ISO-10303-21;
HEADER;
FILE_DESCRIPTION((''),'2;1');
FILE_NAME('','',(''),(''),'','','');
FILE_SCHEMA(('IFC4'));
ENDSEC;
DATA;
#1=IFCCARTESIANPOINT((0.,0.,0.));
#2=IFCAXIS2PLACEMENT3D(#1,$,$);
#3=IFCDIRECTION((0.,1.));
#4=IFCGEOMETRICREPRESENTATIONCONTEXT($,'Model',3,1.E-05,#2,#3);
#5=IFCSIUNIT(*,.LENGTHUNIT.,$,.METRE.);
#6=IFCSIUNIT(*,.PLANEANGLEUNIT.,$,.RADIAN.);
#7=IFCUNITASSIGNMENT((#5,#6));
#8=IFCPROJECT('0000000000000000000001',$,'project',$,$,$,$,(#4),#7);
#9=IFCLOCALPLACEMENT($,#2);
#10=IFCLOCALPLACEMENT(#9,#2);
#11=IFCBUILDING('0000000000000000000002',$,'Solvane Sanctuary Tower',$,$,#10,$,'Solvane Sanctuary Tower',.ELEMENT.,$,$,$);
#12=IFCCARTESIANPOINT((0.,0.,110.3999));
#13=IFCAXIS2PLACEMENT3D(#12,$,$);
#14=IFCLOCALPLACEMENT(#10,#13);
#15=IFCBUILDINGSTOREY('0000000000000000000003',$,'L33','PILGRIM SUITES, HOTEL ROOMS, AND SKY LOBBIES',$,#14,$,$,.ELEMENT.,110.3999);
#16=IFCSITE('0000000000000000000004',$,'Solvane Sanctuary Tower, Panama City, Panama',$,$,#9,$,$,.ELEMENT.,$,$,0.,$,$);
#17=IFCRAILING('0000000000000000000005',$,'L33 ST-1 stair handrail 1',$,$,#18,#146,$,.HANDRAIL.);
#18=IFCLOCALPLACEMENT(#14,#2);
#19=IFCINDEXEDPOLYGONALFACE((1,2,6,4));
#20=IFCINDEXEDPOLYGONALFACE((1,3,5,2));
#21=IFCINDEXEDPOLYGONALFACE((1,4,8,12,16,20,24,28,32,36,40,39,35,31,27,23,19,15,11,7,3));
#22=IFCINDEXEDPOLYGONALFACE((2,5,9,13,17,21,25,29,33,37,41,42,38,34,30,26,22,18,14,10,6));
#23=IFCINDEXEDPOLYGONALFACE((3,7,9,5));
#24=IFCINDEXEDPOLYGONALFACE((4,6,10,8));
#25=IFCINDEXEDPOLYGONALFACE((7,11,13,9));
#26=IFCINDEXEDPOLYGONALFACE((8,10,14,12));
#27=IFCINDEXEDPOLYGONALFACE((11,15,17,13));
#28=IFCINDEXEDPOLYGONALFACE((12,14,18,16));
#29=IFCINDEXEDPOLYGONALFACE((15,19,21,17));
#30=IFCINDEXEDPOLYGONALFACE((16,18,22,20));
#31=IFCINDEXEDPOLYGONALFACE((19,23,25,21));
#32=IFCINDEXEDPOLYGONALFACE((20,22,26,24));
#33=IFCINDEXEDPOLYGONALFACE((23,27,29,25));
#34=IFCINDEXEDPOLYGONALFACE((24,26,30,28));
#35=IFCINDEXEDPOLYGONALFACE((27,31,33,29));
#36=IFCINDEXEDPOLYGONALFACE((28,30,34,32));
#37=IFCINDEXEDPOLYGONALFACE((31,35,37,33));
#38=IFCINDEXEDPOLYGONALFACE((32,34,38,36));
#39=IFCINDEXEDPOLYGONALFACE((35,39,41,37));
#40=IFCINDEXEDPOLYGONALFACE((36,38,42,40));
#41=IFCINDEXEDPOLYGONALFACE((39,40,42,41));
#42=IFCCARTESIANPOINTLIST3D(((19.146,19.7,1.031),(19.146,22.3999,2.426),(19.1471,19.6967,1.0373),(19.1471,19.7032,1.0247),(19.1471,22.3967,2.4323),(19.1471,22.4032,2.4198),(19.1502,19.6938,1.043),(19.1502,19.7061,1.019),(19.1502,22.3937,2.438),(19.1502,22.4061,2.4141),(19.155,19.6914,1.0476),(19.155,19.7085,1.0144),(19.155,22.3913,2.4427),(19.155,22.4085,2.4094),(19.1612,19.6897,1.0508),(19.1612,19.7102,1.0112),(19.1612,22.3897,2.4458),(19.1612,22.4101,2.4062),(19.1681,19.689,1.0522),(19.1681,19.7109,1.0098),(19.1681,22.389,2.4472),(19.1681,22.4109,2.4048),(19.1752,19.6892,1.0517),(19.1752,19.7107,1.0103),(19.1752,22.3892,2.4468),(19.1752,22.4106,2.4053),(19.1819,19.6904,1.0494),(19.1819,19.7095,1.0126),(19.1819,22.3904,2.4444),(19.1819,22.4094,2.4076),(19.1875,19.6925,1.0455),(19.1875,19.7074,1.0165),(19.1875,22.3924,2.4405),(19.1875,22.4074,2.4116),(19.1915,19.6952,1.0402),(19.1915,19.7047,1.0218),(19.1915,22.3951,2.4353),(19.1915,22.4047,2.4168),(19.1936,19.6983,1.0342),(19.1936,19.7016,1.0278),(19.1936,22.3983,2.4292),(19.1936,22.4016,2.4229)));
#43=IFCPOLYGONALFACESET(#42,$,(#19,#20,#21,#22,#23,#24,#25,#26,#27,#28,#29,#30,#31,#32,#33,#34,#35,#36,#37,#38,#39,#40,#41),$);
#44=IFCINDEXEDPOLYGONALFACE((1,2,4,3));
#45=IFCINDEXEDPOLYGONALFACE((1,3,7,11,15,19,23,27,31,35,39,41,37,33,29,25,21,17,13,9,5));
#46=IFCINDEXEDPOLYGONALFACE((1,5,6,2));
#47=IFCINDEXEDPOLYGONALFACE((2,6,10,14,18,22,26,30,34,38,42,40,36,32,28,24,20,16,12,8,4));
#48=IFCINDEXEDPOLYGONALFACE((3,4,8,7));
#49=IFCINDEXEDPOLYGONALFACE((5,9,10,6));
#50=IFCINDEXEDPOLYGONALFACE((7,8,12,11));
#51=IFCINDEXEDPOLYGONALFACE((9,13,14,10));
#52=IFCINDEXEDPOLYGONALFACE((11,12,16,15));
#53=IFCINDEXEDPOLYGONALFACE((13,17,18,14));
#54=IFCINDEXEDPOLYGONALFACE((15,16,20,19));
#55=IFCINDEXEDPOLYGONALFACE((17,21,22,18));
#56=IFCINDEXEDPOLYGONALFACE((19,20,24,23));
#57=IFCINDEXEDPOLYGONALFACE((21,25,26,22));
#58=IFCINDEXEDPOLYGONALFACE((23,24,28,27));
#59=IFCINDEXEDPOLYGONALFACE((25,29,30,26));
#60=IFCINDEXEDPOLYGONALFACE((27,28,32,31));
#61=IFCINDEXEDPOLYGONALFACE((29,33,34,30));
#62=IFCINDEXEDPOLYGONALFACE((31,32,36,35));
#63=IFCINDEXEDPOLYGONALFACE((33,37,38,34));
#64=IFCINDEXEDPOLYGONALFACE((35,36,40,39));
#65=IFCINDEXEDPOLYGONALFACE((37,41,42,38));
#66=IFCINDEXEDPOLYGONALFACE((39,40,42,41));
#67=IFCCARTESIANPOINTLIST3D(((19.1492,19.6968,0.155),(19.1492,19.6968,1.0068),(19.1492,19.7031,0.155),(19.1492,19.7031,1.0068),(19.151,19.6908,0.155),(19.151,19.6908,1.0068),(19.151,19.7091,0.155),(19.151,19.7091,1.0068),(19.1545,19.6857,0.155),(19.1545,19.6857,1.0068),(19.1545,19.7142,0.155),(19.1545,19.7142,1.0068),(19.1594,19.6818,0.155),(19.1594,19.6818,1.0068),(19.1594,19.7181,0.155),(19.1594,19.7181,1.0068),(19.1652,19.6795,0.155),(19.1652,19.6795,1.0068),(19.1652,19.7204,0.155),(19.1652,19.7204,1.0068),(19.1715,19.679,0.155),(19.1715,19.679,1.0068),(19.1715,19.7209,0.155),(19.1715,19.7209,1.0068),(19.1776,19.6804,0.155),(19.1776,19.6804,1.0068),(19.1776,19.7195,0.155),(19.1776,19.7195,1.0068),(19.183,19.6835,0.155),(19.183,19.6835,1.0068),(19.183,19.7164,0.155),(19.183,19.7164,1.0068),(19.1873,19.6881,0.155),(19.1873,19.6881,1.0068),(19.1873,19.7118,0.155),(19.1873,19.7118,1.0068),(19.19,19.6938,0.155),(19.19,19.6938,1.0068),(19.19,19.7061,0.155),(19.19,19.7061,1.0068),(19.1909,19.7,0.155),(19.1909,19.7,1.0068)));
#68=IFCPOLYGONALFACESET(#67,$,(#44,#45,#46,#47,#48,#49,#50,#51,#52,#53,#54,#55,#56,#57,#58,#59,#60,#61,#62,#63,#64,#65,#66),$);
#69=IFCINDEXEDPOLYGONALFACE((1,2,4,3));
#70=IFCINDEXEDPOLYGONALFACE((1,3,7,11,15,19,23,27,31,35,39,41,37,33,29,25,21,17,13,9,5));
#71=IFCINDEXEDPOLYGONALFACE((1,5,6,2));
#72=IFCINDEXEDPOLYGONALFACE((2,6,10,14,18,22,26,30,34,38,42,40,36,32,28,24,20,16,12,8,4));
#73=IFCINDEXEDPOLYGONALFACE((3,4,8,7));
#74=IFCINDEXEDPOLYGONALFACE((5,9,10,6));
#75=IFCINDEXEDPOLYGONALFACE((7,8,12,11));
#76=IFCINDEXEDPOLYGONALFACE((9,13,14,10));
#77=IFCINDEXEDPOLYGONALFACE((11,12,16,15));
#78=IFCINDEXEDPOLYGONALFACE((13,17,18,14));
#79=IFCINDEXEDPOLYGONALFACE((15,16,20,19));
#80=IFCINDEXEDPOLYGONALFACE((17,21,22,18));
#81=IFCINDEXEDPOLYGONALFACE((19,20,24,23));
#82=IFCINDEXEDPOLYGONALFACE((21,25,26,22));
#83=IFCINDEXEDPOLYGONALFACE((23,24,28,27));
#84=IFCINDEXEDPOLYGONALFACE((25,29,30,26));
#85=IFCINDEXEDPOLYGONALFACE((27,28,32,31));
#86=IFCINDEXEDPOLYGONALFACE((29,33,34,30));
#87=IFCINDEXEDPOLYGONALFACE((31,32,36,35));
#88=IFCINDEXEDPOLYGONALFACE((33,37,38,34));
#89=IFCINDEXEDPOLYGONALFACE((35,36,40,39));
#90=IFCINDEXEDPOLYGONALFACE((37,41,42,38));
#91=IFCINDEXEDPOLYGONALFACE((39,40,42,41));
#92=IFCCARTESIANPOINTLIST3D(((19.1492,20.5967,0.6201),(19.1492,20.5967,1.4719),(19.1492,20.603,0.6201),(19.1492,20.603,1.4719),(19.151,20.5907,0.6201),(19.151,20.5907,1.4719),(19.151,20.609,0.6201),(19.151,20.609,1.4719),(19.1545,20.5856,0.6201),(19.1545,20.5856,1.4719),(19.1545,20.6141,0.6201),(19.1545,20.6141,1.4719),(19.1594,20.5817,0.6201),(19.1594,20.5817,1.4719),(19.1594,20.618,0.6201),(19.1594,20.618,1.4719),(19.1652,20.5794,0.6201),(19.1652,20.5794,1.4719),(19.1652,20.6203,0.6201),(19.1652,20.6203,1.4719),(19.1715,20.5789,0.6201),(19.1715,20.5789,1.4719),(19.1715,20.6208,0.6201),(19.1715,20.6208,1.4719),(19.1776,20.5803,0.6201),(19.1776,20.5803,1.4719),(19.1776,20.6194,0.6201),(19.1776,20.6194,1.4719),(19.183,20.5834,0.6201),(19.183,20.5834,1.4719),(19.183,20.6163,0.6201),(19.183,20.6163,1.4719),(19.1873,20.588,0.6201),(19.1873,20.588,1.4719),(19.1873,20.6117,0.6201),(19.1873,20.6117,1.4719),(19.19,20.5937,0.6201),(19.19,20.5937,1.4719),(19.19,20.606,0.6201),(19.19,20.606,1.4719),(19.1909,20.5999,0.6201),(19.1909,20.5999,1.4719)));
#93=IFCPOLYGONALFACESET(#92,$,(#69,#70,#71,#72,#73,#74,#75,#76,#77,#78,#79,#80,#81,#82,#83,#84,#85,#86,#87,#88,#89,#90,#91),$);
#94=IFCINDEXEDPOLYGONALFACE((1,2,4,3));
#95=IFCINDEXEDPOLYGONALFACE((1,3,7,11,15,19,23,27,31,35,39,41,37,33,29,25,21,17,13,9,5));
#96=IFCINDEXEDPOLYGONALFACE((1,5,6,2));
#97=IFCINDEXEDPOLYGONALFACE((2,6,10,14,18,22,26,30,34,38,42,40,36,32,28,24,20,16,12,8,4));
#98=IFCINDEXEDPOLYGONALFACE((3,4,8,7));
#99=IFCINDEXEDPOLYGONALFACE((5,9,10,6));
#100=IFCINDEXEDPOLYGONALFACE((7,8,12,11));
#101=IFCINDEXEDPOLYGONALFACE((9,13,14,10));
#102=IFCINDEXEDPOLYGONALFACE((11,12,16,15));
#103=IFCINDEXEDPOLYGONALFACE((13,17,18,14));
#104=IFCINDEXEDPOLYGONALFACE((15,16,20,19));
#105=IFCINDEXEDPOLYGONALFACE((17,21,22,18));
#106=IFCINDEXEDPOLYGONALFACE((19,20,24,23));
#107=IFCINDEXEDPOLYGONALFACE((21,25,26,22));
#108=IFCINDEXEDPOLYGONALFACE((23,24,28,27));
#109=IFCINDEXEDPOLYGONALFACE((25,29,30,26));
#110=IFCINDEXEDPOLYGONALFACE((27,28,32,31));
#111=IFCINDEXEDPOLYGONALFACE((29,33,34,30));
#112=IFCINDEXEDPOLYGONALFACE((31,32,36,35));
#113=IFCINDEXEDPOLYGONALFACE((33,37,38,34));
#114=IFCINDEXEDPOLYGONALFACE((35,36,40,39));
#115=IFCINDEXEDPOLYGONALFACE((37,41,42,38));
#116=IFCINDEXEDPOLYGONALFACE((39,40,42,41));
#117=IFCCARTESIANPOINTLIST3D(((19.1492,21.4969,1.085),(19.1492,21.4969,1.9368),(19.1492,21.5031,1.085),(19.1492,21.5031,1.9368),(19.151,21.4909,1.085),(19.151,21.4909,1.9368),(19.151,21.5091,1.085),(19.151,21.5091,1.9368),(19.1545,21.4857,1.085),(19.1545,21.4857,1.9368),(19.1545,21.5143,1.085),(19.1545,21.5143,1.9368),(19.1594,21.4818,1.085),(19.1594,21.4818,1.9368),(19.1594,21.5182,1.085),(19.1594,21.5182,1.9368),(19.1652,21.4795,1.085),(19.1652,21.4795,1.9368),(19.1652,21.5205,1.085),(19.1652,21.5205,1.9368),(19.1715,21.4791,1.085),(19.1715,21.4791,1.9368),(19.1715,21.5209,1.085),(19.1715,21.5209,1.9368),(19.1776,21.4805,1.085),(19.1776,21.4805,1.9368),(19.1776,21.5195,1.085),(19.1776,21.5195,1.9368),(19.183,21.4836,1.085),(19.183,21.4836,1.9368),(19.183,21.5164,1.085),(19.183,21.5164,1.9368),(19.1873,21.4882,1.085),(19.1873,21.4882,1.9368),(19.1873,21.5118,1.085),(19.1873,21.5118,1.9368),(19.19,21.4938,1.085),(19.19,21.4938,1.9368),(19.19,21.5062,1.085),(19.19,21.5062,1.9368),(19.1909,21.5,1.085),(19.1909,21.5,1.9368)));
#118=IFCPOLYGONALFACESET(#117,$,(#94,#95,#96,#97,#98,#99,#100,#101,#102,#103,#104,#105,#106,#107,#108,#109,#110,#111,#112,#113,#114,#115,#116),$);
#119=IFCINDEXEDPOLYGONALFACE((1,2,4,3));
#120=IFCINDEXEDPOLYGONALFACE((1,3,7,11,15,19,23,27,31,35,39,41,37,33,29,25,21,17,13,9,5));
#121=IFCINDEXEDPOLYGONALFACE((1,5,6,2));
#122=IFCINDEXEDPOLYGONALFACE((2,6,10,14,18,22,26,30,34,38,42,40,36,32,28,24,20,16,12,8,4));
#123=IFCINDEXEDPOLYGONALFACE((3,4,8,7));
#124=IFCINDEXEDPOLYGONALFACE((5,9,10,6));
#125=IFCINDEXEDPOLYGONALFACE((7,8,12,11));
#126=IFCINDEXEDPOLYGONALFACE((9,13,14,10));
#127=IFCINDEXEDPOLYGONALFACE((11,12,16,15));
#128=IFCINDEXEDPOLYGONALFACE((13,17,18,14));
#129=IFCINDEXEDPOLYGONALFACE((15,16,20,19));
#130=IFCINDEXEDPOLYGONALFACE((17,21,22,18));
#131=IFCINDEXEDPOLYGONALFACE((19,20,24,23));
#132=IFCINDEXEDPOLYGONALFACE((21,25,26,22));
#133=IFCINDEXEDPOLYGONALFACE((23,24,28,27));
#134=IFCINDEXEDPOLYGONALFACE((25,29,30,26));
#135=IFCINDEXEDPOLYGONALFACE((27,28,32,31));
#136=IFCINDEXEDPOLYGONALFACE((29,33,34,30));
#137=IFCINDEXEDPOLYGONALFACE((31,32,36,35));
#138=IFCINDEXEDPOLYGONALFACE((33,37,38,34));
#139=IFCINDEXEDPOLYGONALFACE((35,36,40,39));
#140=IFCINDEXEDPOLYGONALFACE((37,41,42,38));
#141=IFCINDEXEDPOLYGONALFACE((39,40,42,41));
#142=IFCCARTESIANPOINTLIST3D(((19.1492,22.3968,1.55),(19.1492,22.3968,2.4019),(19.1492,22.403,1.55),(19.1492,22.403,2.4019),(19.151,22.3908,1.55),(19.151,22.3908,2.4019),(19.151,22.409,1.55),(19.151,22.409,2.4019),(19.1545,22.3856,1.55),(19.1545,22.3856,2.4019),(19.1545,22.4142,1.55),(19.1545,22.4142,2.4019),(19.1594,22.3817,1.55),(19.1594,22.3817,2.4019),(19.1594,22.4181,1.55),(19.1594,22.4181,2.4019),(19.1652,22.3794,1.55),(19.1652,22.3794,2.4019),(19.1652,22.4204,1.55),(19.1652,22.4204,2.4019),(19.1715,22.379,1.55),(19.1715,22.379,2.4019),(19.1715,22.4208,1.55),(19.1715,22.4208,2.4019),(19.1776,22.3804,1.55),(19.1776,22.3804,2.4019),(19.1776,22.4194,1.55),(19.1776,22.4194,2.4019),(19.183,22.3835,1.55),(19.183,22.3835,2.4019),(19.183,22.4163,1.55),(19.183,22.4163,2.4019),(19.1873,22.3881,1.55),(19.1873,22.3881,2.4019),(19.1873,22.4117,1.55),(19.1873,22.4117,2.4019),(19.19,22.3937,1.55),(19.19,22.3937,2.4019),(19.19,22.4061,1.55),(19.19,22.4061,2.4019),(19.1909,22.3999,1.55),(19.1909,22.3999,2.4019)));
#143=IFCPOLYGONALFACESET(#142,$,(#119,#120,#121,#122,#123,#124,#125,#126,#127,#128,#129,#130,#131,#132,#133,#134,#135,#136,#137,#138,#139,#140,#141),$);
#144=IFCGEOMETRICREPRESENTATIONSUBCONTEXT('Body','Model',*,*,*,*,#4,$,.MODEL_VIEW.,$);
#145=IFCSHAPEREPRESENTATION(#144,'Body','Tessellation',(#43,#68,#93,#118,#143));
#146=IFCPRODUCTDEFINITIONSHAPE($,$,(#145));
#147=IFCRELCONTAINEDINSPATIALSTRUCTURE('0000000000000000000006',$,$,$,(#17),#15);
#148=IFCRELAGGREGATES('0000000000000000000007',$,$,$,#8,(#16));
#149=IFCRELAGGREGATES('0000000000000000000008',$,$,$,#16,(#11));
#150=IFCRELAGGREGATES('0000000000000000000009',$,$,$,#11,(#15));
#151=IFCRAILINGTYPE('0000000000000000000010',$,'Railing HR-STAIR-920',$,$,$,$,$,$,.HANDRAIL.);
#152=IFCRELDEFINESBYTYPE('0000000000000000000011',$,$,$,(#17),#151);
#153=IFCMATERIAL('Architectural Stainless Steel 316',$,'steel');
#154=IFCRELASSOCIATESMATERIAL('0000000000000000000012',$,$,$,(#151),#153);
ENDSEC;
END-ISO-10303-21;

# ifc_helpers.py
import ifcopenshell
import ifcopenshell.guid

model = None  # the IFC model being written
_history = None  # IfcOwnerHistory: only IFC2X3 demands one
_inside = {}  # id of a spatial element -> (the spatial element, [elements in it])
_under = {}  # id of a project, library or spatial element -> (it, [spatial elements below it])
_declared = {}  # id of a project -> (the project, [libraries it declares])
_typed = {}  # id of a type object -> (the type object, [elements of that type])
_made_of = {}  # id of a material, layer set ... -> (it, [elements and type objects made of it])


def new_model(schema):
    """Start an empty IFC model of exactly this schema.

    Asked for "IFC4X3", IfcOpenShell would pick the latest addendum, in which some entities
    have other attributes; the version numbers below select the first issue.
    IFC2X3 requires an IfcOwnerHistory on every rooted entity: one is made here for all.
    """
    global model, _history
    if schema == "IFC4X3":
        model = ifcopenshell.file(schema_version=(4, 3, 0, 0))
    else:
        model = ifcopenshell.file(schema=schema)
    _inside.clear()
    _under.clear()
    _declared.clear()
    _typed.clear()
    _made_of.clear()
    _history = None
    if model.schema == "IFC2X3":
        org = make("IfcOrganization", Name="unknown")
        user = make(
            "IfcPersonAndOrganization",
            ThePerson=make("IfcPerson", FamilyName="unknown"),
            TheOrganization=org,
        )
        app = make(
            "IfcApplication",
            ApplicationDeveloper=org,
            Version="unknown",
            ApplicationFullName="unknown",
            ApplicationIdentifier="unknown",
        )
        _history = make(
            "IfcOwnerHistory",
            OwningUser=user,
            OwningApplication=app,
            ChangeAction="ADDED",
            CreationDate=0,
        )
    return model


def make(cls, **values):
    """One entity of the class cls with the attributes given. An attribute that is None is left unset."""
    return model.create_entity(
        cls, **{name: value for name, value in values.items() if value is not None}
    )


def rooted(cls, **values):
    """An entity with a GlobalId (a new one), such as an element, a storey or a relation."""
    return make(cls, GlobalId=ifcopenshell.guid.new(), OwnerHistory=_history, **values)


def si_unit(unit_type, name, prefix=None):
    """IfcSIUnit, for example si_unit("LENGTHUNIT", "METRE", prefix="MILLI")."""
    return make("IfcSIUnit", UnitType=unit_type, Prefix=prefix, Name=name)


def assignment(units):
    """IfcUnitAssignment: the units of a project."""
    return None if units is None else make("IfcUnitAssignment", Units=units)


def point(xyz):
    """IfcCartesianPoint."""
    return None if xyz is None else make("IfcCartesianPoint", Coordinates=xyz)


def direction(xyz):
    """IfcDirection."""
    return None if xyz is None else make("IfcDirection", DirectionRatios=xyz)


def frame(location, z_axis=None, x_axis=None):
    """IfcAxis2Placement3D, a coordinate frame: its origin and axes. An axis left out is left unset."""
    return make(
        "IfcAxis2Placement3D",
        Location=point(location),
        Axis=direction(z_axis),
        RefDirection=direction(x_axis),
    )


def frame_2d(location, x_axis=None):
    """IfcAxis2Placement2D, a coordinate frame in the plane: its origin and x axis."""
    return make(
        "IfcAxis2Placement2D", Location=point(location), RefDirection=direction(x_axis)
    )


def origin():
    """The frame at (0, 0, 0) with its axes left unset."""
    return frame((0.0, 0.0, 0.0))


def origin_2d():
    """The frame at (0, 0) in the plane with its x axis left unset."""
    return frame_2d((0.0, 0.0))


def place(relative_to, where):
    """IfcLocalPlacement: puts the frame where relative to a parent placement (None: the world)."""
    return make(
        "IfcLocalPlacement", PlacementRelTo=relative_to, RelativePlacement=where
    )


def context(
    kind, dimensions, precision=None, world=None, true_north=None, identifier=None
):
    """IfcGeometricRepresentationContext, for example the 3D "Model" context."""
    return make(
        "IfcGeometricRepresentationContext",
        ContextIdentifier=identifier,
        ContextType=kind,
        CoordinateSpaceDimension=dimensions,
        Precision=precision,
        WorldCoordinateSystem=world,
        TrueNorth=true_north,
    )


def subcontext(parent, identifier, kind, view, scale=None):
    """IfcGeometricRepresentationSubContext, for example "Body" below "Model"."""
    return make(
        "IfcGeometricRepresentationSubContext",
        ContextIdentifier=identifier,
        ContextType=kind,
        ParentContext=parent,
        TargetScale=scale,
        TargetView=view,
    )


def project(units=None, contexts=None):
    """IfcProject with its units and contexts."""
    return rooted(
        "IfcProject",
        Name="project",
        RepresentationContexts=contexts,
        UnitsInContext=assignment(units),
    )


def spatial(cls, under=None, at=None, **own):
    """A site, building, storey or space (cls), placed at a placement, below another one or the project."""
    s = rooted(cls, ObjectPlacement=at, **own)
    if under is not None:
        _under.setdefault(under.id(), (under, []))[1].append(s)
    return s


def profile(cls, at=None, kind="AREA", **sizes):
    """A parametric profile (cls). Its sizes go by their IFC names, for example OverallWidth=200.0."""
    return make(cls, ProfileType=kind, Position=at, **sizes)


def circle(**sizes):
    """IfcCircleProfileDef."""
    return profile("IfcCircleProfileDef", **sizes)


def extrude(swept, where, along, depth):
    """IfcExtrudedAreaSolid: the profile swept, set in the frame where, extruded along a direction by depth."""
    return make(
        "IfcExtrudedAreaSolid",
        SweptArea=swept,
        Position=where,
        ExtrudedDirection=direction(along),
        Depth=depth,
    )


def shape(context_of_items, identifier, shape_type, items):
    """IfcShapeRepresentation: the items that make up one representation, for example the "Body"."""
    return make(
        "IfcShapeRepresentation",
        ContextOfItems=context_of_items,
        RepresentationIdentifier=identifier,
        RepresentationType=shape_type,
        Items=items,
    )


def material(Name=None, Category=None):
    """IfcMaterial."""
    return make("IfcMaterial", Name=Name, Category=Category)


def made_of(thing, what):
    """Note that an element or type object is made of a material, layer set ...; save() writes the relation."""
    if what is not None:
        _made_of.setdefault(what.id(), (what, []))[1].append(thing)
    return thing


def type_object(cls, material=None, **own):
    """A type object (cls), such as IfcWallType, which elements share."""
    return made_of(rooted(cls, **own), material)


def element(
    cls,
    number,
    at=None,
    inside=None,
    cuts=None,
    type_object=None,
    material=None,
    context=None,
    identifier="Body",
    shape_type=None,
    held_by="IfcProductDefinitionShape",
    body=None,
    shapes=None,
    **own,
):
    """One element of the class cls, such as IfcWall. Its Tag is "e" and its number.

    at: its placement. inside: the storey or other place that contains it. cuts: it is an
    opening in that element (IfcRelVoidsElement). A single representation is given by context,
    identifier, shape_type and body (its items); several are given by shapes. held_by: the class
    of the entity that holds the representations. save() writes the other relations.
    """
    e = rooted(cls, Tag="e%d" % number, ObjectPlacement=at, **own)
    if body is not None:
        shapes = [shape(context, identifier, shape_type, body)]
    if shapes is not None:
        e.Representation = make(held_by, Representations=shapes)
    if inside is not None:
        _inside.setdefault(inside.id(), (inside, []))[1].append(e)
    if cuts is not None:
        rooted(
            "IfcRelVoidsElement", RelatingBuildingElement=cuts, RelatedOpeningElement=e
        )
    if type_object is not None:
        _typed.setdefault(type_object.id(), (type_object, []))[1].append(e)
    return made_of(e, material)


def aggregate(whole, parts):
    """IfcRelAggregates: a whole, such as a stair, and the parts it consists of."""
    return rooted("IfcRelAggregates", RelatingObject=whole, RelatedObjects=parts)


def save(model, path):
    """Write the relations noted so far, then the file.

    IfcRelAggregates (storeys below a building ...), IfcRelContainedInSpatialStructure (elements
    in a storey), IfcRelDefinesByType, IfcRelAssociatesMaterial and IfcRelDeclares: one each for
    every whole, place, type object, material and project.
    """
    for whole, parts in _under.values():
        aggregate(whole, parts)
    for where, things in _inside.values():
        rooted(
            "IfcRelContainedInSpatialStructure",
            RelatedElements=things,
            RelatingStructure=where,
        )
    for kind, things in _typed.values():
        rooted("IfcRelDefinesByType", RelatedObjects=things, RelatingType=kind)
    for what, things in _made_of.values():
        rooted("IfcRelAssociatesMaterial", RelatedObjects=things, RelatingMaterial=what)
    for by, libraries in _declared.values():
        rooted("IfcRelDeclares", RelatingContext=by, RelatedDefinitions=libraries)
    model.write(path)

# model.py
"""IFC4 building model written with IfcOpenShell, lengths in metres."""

from ifc_helpers import new_model, si_unit, direction, frame, origin, origin_2d, place, context, subcontext, project, spatial, circle, extrude, material, type_object, element, save


model = new_model("IFC4")

# Units and contexts
model_context = context("Model", 3, precision=1e-05, world=origin(), true_north=direction((0.0, 1.0)))
body_context = subcontext(model_context, "Body", "Model", "MODEL_VIEW")
ifc_project = project(units=[si_unit("LENGTHUNIT", "METRE"), si_unit("PLANEANGLEUNIT", "RADIAN")], contexts=[model_context])

# Site, building, storey
site_placement = place(None, origin())
site = spatial("IfcSite", under=ifc_project, at=site_placement, Name="Solvane Sanctuary Tower, Panama City, Panama", CompositionType="ELEMENT", RefElevation=0.0)
building_placement = place(site_placement, origin())
building = spatial("IfcBuilding", under=site, at=building_placement, Name="Solvane Sanctuary Tower", LongName="Solvane Sanctuary Tower", CompositionType="ELEMENT")
storey_placement = place(building_placement, frame((0.0, 0.0, 110.3999)))
storey = spatial("IfcBuildingStorey", under=building, at=storey_placement, Name="L33", Description="PILGRIM SUITES, HOTEL ROOMS, AND SKY LOBBIES", CompositionType="ELEMENT", Elevation=110.3999)

# Shared definitions
ifc_material_1 = material(Name="Architectural Stainless Steel 316", Category="steel")

# Railing
railing_type_1 = type_object("IfcRailingType", Name="Railing HR-STAIR-920", PredefinedType="HANDRAIL", material=ifc_material_1)
railing_1_placement = place(storey_placement, frame((19.1699, 19.7, 0.155)))
element("IfcRailing", 1, at=railing_1_placement, inside=storey, type_object=railing_type_1, Name="L33 ST-1 stair handrail 1", PredefinedType="HANDRAIL", context=body_context, shape_type="SweptSolid", body=[
    extrude(circle(Radius=0.0239, at=origin_2d()), frame((0.0, 0.0, 0.876), z_axis=(0.0, 0.88842, 0.459032), x_axis=(-1.0, 0.0, 0.0)), (0.0, 0.0, 1.0), 3.0391),
    extrude(circle(Radius=0.021, at=origin_2d()), origin(), (0.0, 0.0, 1.0), 0.8518),
    extrude(circle(Radius=0.021, at=origin_2d()), frame((0.0, 0.8999, 0.4651)), (0.0, 0.0, 1.0), 0.8518),
    extrude(circle(Radius=0.021, at=origin_2d()), frame((0.0, 1.8, 0.9299)), (0.0, 0.0, 1.0), 0.8518),
    extrude(circle(Radius=0.021, at=origin_2d()), frame((0.0, 2.7, 1.395)), (0.0, 0.0, 1.0), 0.8518),
])

save(model, "model.ifc")
